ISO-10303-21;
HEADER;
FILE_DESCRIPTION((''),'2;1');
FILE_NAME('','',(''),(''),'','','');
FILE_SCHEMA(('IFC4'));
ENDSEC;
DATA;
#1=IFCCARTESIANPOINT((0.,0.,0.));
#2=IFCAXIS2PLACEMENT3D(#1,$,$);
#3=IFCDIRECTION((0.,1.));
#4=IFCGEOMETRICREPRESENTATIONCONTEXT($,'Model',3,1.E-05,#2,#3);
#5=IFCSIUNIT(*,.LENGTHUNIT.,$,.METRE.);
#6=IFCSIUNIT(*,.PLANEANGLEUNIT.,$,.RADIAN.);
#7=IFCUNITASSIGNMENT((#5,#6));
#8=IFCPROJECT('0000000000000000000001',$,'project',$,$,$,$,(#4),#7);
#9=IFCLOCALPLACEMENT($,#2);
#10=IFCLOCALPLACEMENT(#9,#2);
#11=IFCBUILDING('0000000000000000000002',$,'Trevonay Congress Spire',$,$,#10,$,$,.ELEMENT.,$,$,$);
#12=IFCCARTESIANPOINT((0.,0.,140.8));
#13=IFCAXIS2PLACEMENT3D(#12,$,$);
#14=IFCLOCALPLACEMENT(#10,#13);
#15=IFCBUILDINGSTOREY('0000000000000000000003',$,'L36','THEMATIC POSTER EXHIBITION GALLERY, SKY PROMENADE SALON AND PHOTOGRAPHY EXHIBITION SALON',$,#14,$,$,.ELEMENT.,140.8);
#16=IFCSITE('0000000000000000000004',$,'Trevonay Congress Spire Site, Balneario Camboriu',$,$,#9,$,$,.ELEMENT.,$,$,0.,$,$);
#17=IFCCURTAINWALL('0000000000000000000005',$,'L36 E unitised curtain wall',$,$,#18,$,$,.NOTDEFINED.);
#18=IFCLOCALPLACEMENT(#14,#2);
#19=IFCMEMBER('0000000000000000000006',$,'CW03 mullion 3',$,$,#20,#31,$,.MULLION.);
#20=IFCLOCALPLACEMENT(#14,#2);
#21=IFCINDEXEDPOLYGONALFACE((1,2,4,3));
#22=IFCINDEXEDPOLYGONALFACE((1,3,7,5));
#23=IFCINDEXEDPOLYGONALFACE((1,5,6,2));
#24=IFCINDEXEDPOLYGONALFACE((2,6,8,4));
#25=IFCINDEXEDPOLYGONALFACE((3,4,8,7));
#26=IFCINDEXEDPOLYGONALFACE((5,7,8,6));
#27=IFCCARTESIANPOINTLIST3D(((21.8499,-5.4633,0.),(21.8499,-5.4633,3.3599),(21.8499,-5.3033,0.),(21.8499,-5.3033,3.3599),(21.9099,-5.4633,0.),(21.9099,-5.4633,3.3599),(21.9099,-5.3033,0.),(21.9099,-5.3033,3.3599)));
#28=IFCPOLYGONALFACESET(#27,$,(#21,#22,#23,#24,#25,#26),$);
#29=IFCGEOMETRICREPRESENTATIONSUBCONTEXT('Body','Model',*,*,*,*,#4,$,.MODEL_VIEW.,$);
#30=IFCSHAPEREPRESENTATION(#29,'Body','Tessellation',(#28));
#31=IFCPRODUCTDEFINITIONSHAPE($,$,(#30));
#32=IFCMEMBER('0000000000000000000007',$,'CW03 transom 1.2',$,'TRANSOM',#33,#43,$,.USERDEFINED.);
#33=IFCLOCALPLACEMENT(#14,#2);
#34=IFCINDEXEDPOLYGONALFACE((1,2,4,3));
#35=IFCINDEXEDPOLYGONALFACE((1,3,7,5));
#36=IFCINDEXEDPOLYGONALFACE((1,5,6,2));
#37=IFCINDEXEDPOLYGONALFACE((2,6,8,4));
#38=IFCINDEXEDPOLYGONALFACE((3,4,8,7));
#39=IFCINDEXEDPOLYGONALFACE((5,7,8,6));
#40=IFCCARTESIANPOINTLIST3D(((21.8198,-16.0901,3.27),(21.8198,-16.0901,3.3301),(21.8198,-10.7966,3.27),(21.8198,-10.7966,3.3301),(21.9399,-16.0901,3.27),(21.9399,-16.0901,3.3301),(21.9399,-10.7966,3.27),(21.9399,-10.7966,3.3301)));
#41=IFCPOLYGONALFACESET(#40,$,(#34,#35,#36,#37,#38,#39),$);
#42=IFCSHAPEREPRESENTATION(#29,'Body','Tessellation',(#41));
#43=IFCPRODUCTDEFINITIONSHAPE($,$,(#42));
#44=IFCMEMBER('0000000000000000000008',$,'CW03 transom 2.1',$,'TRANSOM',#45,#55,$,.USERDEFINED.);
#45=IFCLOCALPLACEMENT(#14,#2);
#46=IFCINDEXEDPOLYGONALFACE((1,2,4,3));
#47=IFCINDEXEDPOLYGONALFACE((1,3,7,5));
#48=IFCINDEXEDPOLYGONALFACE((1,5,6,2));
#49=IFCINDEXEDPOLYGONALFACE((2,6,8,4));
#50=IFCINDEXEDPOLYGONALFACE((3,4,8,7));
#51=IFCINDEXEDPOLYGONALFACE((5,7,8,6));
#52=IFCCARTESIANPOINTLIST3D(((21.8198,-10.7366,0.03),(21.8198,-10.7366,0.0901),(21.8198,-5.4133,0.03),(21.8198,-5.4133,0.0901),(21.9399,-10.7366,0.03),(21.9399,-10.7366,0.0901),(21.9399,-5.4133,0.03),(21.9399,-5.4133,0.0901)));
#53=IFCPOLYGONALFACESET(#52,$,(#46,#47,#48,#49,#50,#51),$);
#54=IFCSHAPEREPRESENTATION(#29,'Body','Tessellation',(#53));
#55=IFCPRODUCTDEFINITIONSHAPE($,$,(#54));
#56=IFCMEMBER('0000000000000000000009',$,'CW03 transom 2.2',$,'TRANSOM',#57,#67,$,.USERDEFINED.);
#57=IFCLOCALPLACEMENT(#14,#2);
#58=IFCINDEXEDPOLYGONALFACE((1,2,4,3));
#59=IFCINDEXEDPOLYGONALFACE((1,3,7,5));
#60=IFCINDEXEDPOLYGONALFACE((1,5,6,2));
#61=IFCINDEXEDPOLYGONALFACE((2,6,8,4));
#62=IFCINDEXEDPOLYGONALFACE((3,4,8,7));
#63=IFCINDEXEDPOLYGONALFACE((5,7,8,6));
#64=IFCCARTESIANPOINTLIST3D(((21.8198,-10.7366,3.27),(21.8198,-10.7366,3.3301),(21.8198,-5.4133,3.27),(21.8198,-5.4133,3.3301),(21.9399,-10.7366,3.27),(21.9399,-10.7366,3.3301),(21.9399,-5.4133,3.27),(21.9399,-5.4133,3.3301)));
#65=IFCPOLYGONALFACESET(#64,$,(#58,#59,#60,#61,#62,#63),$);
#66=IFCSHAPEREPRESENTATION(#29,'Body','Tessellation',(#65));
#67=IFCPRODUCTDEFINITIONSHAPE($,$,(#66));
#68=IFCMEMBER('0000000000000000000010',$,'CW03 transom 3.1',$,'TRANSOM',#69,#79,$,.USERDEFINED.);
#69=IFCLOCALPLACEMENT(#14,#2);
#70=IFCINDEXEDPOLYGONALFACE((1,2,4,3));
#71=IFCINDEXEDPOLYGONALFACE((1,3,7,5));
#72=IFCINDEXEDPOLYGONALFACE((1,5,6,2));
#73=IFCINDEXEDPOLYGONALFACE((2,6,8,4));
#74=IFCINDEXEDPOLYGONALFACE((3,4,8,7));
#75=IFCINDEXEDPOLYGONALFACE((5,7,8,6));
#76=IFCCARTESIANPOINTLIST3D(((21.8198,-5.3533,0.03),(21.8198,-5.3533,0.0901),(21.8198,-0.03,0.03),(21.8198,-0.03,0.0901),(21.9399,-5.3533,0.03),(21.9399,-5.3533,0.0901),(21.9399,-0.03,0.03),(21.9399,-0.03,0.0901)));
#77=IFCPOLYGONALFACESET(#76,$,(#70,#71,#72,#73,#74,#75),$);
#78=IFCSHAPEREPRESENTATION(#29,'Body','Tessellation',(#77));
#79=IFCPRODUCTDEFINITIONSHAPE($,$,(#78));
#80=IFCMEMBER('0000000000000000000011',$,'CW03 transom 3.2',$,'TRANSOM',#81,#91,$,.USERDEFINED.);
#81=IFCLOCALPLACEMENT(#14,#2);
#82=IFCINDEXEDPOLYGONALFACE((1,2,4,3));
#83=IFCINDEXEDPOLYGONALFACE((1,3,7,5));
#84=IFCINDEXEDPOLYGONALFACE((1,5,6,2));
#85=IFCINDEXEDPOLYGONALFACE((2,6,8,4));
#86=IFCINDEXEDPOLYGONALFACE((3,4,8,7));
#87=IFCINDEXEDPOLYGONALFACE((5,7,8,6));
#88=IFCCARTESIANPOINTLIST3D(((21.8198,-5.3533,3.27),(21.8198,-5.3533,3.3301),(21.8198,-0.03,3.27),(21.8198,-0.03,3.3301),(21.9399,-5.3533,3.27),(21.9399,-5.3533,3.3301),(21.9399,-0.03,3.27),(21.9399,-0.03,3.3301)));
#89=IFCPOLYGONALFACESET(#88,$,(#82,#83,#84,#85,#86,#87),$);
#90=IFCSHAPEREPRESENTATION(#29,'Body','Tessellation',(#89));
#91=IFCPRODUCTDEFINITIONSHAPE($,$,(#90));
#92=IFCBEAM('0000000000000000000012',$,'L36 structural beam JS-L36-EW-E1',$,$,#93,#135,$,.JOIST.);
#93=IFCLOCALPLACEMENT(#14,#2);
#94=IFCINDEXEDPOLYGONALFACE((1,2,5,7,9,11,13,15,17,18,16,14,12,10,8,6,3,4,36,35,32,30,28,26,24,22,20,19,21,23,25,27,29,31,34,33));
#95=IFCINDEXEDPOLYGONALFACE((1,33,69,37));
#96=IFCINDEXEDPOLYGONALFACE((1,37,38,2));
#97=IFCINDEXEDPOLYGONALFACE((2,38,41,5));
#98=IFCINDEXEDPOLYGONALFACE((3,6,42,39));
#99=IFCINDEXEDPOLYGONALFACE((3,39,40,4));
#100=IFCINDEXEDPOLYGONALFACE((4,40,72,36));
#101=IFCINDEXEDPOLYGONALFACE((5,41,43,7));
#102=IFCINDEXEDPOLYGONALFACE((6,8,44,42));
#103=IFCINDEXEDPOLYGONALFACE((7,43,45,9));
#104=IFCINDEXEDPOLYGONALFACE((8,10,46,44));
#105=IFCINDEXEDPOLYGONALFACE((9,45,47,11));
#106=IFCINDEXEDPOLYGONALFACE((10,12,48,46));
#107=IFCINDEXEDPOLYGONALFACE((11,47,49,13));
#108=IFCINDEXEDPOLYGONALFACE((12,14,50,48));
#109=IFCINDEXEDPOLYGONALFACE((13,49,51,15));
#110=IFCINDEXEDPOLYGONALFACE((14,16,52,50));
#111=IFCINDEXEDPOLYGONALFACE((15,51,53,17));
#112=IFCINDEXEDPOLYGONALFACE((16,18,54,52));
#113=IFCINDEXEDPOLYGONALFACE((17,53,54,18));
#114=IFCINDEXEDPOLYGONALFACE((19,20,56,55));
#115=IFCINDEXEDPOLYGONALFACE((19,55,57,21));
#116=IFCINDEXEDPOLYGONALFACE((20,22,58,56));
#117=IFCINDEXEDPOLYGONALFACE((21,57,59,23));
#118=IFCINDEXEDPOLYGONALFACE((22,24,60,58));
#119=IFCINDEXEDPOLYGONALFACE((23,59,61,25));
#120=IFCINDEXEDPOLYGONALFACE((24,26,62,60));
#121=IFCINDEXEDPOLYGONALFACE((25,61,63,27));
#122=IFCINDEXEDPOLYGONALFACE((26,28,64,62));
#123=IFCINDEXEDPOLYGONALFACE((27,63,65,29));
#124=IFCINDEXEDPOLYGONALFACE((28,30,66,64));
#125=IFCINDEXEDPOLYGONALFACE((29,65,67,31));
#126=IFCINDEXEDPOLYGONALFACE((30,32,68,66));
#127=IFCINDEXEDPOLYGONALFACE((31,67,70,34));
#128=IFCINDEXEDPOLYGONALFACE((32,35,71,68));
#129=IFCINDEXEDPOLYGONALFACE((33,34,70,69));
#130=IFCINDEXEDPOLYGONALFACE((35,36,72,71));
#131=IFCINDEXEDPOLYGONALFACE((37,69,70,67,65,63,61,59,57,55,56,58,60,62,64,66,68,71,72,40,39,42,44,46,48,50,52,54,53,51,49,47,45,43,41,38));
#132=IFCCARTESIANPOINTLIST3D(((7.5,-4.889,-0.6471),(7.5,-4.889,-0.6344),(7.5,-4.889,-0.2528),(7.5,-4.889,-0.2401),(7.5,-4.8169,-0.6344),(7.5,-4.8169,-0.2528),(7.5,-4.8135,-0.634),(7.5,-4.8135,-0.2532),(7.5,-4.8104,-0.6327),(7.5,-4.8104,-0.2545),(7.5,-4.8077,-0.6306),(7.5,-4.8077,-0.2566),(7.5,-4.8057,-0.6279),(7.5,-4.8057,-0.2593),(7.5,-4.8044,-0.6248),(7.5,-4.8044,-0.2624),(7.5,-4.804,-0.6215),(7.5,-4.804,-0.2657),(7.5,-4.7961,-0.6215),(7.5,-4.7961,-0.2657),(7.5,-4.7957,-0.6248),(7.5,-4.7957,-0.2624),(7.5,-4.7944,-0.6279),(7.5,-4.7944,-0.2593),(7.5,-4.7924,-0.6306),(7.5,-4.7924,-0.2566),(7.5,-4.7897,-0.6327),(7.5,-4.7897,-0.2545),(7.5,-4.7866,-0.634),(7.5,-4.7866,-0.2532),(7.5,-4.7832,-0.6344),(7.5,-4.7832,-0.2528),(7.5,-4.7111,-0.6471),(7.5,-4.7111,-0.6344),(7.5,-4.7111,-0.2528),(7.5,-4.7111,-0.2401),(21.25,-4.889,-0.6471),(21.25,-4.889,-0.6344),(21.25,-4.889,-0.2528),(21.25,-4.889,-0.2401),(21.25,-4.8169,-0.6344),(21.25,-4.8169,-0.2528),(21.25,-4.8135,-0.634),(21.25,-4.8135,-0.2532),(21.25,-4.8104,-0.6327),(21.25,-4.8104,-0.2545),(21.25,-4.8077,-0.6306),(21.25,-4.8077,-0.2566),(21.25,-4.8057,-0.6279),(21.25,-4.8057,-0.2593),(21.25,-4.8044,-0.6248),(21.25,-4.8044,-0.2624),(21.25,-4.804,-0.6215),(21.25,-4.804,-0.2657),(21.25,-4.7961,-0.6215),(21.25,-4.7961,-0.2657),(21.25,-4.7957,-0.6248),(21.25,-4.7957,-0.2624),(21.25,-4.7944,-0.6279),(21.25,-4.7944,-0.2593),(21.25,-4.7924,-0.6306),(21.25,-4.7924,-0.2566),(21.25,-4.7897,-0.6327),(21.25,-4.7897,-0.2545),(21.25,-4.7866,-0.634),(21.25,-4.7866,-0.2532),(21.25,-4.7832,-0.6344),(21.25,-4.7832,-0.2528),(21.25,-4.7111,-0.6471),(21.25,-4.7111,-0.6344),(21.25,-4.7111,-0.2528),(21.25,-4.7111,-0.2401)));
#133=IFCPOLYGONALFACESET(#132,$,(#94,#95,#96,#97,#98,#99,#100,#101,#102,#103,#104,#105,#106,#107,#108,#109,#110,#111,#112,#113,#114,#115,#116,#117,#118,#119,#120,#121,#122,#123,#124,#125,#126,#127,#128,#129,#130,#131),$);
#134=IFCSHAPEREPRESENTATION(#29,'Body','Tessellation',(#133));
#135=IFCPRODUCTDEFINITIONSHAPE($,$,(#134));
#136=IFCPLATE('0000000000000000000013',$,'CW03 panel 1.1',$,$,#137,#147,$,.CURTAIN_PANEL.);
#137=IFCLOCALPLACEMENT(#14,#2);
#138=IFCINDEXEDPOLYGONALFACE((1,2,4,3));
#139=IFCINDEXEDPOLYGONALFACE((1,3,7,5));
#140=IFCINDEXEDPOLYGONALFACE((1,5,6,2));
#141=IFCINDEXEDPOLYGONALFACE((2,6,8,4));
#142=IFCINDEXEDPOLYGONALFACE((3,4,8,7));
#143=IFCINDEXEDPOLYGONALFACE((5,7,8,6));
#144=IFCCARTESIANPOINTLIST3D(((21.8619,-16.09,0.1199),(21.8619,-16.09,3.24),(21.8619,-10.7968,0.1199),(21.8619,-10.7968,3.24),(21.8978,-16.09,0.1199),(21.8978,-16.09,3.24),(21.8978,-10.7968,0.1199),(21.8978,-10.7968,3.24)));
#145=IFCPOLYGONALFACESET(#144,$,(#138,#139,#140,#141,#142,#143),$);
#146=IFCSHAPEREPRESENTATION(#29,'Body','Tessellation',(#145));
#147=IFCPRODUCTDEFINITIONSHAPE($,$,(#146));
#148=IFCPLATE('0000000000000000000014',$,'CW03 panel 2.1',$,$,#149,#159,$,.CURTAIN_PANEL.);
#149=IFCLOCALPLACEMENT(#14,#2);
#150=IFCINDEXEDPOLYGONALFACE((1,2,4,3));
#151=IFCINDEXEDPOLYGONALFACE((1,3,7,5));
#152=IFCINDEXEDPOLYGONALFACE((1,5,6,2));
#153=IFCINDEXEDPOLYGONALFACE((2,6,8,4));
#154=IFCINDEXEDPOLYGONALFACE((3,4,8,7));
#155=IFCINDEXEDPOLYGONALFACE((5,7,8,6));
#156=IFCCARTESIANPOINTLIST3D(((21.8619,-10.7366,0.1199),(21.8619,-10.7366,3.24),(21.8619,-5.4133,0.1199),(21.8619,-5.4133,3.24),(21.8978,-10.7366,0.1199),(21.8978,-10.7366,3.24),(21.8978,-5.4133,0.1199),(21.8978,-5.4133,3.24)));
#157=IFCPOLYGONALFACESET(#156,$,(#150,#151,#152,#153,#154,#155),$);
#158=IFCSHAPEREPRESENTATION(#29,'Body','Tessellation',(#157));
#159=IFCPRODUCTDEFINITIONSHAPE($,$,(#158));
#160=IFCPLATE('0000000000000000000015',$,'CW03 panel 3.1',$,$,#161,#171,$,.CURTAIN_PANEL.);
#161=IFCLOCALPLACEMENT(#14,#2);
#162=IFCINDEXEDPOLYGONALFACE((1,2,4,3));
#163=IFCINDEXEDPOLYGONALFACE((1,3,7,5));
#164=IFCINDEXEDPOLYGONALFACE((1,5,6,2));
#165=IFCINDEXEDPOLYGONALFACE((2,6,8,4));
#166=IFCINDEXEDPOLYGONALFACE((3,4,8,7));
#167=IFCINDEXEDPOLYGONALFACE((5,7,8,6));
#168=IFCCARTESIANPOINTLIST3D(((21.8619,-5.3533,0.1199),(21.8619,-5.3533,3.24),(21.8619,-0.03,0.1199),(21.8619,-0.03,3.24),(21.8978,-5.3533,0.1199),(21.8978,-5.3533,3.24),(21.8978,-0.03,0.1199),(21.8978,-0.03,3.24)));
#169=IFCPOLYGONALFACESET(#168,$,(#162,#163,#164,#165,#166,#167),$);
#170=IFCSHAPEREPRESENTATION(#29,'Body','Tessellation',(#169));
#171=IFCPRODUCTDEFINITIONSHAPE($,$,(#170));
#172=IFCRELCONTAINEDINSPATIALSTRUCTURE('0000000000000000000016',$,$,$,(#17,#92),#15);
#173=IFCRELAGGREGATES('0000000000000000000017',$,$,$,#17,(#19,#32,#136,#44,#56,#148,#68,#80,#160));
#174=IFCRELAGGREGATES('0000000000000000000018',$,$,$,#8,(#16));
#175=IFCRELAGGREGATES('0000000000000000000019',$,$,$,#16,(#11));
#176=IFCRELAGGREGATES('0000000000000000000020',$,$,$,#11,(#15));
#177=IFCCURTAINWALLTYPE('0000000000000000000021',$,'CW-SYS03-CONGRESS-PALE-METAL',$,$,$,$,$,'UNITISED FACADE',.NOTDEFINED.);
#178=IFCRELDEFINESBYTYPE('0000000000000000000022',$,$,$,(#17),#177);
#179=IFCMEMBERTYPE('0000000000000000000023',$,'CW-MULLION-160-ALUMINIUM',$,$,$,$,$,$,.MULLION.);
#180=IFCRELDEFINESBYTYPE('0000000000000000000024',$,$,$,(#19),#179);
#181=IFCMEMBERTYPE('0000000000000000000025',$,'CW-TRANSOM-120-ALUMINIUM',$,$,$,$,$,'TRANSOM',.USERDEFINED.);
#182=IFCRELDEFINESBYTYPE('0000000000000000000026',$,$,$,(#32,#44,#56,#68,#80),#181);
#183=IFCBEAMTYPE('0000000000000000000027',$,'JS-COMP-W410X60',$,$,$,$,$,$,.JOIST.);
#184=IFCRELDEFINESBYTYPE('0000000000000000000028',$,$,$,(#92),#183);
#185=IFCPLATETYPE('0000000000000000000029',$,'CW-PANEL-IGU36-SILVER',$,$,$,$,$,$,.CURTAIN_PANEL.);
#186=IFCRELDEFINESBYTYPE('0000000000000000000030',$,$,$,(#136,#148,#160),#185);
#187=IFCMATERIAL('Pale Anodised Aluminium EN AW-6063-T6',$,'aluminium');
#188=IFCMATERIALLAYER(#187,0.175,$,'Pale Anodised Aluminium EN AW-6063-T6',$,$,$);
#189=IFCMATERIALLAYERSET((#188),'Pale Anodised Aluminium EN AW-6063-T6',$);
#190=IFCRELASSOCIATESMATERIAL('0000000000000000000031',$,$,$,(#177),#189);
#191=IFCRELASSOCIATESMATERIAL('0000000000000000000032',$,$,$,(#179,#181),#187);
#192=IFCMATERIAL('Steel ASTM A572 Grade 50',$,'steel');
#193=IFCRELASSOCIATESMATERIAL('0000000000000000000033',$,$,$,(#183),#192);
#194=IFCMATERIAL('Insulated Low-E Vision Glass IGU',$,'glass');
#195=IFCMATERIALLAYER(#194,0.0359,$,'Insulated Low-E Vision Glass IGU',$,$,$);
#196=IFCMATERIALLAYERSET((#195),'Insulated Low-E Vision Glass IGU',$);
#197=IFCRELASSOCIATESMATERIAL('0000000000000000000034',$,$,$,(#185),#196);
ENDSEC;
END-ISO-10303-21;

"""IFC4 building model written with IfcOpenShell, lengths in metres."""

from ifc_helpers import new_model, si_unit, direction, frame, origin, origin_2d, place, context, subcontext, project, spatial, rectangle, i_section, extrude, material, layer, layer_set, material_profile, profile_set, type_object, element, aggregate, save


model = new_model("IFC4")

# Units and contexts
model_context = context("Model", 3, precision=1e-05, world=origin(), true_north=direction((0.0, 1.0)))
body_context = subcontext(model_context, "Body", "Model", "MODEL_VIEW")
ifc_project = project(units=[si_unit("LENGTHUNIT", "METRE"), si_unit("PLANEANGLEUNIT", "RADIAN")], contexts=[model_context])

# Site, building, storey
site_placement = place(None, origin())
site = spatial("IfcSite", under=ifc_project, at=site_placement, Name="Trevonay Congress Spire Site, Balneario Camboriu", CompositionType="ELEMENT", RefElevation=0.0)
building_placement = place(site_placement, origin())
building = spatial("IfcBuilding", under=site, at=building_placement, Name="Trevonay Congress Spire", CompositionType="ELEMENT")
storey_placement = place(building_placement, frame((0.0, 0.0, 140.8)))
storey = spatial("IfcBuildingStorey", under=building, at=storey_placement, Name="L36", Description="THEMATIC POSTER EXHIBITION GALLERY, SKY PROMENADE SALON AND PHOTOGRAPHY EXHIBITION SALON", CompositionType="ELEMENT", Elevation=140.8)

# Shared definitions
ifc_material_1 = material(Name="Steel ASTM A572 Grade 50", Category="steel")

# Curtain wall, members
ifc_material_2 = material(Name="Pale Anodised Aluminium EN AW-6063-T6", Category="aluminium")
ifc_layer_1 = layer(ifc_material_2, 0.175, Name="Pale Anodised Aluminium EN AW-6063-T6")
ifc_layer_set_1 = layer_set([ifc_layer_1], Name="Pale Anodised Aluminium EN AW-6063-T6")
curtain_wall_type = type_object("IfcCurtainWallType", Name="CW-SYS03-CONGRESS-PALE-METAL", ElementType="UNITISED FACADE", PredefinedType="NOTDEFINED", material=ifc_layer_set_1)
curtain_wall_placement = place(storey_placement, origin())
curtain_wall = element("IfcCurtainWall", 1, at=curtain_wall_placement, inside=storey, type_object=curtain_wall_type, Name="L36 E unitised curtain wall", PredefinedType="NOTDEFINED")
ifc_material_profile_1 = material_profile(ifc_material_2, rectangle(XDim=0.0601, YDim=0.1599, at=origin_2d()), Name="CW-MULLION-160-ALUMINIUM")
ifc_profile_set_1 = profile_set([ifc_material_profile_1], Name="Pale Anodised Aluminium EN AW-6063-T6")
member_type_1 = type_object("IfcMemberType", Name="CW-MULLION-160-ALUMINIUM", PredefinedType="MULLION", material=ifc_profile_set_1)
member_1_placement = place(storey_placement, frame((21.8799, -5.3833, 0.0), z_axis=(0.0, 0.0, 1.0), x_axis=(-1.0, 0.0, 0.0)))
member_1 = element("IfcMember", 2, at=member_1_placement, type_object=member_type_1, Name="CW03 mullion 3", PredefinedType="MULLION", context=body_context, shape_type="SweptSolid", body=[
    extrude(rectangle(XDim=0.0601, YDim=0.1599, at=origin_2d()), origin(), (0.0, 0.0, 1.0), 3.3599),
])
ifc_material_profile_2 = material_profile(ifc_material_2, rectangle(XDim=0.1201, YDim=0.0601, at=origin_2d()), Name="CW-TRANSOM-120-ALUMINIUM")
ifc_profile_set_2 = profile_set([ifc_material_profile_2], Name="Pale Anodised Aluminium EN AW-6063-T6")
member_type_2 = type_object("IfcMemberType", Name="CW-TRANSOM-120-ALUMINIUM", ElementType="TRANSOM", PredefinedType="USERDEFINED", material=ifc_profile_set_2)
member_2_placement = place(storey_placement, frame((21.8799, -16.0901, 3.3), z_axis=(0.0, 1.0, 0.0), x_axis=(-1.0, 0.0, 0.0)))
member_2 = element("IfcMember", 3, at=member_2_placement, type_object=member_type_2, Name="CW03 transom 1.2", ObjectType="TRANSOM", PredefinedType="USERDEFINED", context=body_context, shape_type="SweptSolid", body=[
    extrude(rectangle(XDim=0.1201, YDim=0.0601, at=origin_2d()), origin(), (0.0, 0.0, 1.0), 5.2935),
])
member_3_placement = place(storey_placement, frame((21.8799, -10.7366, 0.0601), z_axis=(0.0, 1.0, 0.0), x_axis=(-1.0, 0.0, 0.0)))
member_3 = element("IfcMember", 4, at=member_3_placement, type_object=member_type_2, Name="CW03 transom 2.1", ObjectType="TRANSOM", PredefinedType="USERDEFINED", context=body_context, shape_type="SweptSolid", body=[
    extrude(rectangle(XDim=0.1201, YDim=0.0601, at=origin_2d()), origin(), (0.0, 0.0, 1.0), 5.3232),
])
member_4_placement = place(storey_placement, frame((21.8799, -10.7366, 3.3), z_axis=(0.0, 1.0, 0.0), x_axis=(-1.0, 0.0, 0.0)))
member_4 = element("IfcMember", 5, at=member_4_placement, type_object=member_type_2, Name="CW03 transom 2.2", ObjectType="TRANSOM", PredefinedType="USERDEFINED", context=body_context, shape_type="SweptSolid", body=[
    extrude(rectangle(XDim=0.1201, YDim=0.0601, at=origin_2d()), origin(), (0.0, 0.0, 1.0), 5.3232),
])
member_5_placement = place(storey_placement, frame((21.8799, -5.3533, 0.0601), z_axis=(0.0, 1.0, 0.0), x_axis=(-1.0, 0.0, 0.0)))
member_5 = element("IfcMember", 6, at=member_5_placement, type_object=member_type_2, Name="CW03 transom 3.1", ObjectType="TRANSOM", PredefinedType="USERDEFINED", context=body_context, shape_type="SweptSolid", body=[
    extrude(rectangle(XDim=0.1201, YDim=0.0601, at=origin_2d()), origin(), (0.0, 0.0, 1.0), 5.3232),
])
member_6_placement = place(storey_placement, frame((21.8799, -5.3533, 3.3), z_axis=(0.0, 1.0, 0.0), x_axis=(-1.0, 0.0, 0.0)))
member_6 = element("IfcMember", 7, at=member_6_placement, type_object=member_type_2, Name="CW03 transom 3.2", ObjectType="TRANSOM", PredefinedType="USERDEFINED", context=body_context, shape_type="SweptSolid", body=[
    extrude(rectangle(XDim=0.1201, YDim=0.0601, at=origin_2d()), origin(), (0.0, 0.0, 1.0), 5.3232),
])

# Beam
ifc_material_profile_3 = material_profile(ifc_material_1, i_section(OverallWidth=0.178, OverallDepth=0.407, WebThickness=0.0078, FlangeThickness=0.0127, FilletRadius=0.0129, at=origin_2d()), Name="W410x60")
ifc_profile_set_3 = profile_set([ifc_material_profile_3], Name="Steel ASTM A572 Grade 50")
beam_type_1 = type_object("IfcBeamType", Name="JS-COMP-W410X60", PredefinedType="JOIST", material=ifc_profile_set_3)
beam_1_placement = place(storey_placement, frame((7.5, -4.8, -0.4436), z_axis=(1.0, 0.0, 0.0), x_axis=(0.0, 1.0, 0.0)))
element("IfcBeam", 8, at=beam_1_placement, inside=storey, type_object=beam_type_1, Name="L36 structural beam JS-L36-EW-E1", PredefinedType="JOIST", context=body_context, shape_type="SweptSolid", body=[
    extrude(i_section(OverallWidth=0.178, OverallDepth=0.407, WebThickness=0.0078, FlangeThickness=0.0127, FilletRadius=0.0129, at=origin_2d()), origin(), (0.0, 0.0, 1.0), 13.75),
])

# Plates
ifc_material_3 = material(Name="Insulated Low-E Vision Glass IGU", Category="glass")
ifc_layer_2 = layer(ifc_material_3, 0.0359, Name="Insulated Low-E Vision Glass IGU")
ifc_layer_set_2 = layer_set([ifc_layer_2], Name="Insulated Low-E Vision Glass IGU")
plate_type = type_object("IfcPlateType", Name="CW-PANEL-IGU36-SILVER", PredefinedType="CURTAIN_PANEL", material=ifc_layer_set_2)
plate_1_placement = place(storey_placement, frame((21.8799, -13.4434, 0.1199), z_axis=(0.0, 0.0, 1.0), x_axis=(0.0, 1.0, 0.0)))
plate_1 = element("IfcPlate", 9, at=plate_1_placement, type_object=plate_type, Name="CW03 panel 1.1", PredefinedType="CURTAIN_PANEL", context=body_context, shape_type="SweptSolid", body=[
    extrude(rectangle(XDim=5.2932, YDim=0.0359, at=origin_2d()), origin(), (0.0, 0.0, 1.0), 3.1201),
])
plate_2_placement = place(storey_placement, frame((21.8799, -8.075, 0.1199), z_axis=(0.0, 0.0, 1.0), x_axis=(0.0, 1.0, 0.0)))
plate_2 = element("IfcPlate", 10, at=plate_2_placement, type_object=plate_type, Name="CW03 panel 2.1", PredefinedType="CURTAIN_PANEL", context=body_context, shape_type="SweptSolid", body=[
    extrude(rectangle(XDim=5.3232, YDim=0.0359, at=origin_2d()), origin(), (0.0, 0.0, 1.0), 3.1201),
])
plate_3_placement = place(storey_placement, frame((21.8799, -2.6917, 0.1199), z_axis=(0.0, 0.0, 1.0), x_axis=(0.0, 1.0, 0.0)))
plate_3 = element("IfcPlate", 11, at=plate_3_placement, type_object=plate_type, Name="CW03 panel 3.1", PredefinedType="CURTAIN_PANEL", context=body_context, shape_type="SweptSolid", body=[
    extrude(rectangle(XDim=5.3232, YDim=0.0359, at=origin_2d()), origin(), (0.0, 0.0, 1.0), 3.1201),
])
aggregate(curtain_wall, [member_1, member_2, plate_1, member_3, member_4, plate_2, member_5, member_6, plate_3])

save(model, "model.ifc")
